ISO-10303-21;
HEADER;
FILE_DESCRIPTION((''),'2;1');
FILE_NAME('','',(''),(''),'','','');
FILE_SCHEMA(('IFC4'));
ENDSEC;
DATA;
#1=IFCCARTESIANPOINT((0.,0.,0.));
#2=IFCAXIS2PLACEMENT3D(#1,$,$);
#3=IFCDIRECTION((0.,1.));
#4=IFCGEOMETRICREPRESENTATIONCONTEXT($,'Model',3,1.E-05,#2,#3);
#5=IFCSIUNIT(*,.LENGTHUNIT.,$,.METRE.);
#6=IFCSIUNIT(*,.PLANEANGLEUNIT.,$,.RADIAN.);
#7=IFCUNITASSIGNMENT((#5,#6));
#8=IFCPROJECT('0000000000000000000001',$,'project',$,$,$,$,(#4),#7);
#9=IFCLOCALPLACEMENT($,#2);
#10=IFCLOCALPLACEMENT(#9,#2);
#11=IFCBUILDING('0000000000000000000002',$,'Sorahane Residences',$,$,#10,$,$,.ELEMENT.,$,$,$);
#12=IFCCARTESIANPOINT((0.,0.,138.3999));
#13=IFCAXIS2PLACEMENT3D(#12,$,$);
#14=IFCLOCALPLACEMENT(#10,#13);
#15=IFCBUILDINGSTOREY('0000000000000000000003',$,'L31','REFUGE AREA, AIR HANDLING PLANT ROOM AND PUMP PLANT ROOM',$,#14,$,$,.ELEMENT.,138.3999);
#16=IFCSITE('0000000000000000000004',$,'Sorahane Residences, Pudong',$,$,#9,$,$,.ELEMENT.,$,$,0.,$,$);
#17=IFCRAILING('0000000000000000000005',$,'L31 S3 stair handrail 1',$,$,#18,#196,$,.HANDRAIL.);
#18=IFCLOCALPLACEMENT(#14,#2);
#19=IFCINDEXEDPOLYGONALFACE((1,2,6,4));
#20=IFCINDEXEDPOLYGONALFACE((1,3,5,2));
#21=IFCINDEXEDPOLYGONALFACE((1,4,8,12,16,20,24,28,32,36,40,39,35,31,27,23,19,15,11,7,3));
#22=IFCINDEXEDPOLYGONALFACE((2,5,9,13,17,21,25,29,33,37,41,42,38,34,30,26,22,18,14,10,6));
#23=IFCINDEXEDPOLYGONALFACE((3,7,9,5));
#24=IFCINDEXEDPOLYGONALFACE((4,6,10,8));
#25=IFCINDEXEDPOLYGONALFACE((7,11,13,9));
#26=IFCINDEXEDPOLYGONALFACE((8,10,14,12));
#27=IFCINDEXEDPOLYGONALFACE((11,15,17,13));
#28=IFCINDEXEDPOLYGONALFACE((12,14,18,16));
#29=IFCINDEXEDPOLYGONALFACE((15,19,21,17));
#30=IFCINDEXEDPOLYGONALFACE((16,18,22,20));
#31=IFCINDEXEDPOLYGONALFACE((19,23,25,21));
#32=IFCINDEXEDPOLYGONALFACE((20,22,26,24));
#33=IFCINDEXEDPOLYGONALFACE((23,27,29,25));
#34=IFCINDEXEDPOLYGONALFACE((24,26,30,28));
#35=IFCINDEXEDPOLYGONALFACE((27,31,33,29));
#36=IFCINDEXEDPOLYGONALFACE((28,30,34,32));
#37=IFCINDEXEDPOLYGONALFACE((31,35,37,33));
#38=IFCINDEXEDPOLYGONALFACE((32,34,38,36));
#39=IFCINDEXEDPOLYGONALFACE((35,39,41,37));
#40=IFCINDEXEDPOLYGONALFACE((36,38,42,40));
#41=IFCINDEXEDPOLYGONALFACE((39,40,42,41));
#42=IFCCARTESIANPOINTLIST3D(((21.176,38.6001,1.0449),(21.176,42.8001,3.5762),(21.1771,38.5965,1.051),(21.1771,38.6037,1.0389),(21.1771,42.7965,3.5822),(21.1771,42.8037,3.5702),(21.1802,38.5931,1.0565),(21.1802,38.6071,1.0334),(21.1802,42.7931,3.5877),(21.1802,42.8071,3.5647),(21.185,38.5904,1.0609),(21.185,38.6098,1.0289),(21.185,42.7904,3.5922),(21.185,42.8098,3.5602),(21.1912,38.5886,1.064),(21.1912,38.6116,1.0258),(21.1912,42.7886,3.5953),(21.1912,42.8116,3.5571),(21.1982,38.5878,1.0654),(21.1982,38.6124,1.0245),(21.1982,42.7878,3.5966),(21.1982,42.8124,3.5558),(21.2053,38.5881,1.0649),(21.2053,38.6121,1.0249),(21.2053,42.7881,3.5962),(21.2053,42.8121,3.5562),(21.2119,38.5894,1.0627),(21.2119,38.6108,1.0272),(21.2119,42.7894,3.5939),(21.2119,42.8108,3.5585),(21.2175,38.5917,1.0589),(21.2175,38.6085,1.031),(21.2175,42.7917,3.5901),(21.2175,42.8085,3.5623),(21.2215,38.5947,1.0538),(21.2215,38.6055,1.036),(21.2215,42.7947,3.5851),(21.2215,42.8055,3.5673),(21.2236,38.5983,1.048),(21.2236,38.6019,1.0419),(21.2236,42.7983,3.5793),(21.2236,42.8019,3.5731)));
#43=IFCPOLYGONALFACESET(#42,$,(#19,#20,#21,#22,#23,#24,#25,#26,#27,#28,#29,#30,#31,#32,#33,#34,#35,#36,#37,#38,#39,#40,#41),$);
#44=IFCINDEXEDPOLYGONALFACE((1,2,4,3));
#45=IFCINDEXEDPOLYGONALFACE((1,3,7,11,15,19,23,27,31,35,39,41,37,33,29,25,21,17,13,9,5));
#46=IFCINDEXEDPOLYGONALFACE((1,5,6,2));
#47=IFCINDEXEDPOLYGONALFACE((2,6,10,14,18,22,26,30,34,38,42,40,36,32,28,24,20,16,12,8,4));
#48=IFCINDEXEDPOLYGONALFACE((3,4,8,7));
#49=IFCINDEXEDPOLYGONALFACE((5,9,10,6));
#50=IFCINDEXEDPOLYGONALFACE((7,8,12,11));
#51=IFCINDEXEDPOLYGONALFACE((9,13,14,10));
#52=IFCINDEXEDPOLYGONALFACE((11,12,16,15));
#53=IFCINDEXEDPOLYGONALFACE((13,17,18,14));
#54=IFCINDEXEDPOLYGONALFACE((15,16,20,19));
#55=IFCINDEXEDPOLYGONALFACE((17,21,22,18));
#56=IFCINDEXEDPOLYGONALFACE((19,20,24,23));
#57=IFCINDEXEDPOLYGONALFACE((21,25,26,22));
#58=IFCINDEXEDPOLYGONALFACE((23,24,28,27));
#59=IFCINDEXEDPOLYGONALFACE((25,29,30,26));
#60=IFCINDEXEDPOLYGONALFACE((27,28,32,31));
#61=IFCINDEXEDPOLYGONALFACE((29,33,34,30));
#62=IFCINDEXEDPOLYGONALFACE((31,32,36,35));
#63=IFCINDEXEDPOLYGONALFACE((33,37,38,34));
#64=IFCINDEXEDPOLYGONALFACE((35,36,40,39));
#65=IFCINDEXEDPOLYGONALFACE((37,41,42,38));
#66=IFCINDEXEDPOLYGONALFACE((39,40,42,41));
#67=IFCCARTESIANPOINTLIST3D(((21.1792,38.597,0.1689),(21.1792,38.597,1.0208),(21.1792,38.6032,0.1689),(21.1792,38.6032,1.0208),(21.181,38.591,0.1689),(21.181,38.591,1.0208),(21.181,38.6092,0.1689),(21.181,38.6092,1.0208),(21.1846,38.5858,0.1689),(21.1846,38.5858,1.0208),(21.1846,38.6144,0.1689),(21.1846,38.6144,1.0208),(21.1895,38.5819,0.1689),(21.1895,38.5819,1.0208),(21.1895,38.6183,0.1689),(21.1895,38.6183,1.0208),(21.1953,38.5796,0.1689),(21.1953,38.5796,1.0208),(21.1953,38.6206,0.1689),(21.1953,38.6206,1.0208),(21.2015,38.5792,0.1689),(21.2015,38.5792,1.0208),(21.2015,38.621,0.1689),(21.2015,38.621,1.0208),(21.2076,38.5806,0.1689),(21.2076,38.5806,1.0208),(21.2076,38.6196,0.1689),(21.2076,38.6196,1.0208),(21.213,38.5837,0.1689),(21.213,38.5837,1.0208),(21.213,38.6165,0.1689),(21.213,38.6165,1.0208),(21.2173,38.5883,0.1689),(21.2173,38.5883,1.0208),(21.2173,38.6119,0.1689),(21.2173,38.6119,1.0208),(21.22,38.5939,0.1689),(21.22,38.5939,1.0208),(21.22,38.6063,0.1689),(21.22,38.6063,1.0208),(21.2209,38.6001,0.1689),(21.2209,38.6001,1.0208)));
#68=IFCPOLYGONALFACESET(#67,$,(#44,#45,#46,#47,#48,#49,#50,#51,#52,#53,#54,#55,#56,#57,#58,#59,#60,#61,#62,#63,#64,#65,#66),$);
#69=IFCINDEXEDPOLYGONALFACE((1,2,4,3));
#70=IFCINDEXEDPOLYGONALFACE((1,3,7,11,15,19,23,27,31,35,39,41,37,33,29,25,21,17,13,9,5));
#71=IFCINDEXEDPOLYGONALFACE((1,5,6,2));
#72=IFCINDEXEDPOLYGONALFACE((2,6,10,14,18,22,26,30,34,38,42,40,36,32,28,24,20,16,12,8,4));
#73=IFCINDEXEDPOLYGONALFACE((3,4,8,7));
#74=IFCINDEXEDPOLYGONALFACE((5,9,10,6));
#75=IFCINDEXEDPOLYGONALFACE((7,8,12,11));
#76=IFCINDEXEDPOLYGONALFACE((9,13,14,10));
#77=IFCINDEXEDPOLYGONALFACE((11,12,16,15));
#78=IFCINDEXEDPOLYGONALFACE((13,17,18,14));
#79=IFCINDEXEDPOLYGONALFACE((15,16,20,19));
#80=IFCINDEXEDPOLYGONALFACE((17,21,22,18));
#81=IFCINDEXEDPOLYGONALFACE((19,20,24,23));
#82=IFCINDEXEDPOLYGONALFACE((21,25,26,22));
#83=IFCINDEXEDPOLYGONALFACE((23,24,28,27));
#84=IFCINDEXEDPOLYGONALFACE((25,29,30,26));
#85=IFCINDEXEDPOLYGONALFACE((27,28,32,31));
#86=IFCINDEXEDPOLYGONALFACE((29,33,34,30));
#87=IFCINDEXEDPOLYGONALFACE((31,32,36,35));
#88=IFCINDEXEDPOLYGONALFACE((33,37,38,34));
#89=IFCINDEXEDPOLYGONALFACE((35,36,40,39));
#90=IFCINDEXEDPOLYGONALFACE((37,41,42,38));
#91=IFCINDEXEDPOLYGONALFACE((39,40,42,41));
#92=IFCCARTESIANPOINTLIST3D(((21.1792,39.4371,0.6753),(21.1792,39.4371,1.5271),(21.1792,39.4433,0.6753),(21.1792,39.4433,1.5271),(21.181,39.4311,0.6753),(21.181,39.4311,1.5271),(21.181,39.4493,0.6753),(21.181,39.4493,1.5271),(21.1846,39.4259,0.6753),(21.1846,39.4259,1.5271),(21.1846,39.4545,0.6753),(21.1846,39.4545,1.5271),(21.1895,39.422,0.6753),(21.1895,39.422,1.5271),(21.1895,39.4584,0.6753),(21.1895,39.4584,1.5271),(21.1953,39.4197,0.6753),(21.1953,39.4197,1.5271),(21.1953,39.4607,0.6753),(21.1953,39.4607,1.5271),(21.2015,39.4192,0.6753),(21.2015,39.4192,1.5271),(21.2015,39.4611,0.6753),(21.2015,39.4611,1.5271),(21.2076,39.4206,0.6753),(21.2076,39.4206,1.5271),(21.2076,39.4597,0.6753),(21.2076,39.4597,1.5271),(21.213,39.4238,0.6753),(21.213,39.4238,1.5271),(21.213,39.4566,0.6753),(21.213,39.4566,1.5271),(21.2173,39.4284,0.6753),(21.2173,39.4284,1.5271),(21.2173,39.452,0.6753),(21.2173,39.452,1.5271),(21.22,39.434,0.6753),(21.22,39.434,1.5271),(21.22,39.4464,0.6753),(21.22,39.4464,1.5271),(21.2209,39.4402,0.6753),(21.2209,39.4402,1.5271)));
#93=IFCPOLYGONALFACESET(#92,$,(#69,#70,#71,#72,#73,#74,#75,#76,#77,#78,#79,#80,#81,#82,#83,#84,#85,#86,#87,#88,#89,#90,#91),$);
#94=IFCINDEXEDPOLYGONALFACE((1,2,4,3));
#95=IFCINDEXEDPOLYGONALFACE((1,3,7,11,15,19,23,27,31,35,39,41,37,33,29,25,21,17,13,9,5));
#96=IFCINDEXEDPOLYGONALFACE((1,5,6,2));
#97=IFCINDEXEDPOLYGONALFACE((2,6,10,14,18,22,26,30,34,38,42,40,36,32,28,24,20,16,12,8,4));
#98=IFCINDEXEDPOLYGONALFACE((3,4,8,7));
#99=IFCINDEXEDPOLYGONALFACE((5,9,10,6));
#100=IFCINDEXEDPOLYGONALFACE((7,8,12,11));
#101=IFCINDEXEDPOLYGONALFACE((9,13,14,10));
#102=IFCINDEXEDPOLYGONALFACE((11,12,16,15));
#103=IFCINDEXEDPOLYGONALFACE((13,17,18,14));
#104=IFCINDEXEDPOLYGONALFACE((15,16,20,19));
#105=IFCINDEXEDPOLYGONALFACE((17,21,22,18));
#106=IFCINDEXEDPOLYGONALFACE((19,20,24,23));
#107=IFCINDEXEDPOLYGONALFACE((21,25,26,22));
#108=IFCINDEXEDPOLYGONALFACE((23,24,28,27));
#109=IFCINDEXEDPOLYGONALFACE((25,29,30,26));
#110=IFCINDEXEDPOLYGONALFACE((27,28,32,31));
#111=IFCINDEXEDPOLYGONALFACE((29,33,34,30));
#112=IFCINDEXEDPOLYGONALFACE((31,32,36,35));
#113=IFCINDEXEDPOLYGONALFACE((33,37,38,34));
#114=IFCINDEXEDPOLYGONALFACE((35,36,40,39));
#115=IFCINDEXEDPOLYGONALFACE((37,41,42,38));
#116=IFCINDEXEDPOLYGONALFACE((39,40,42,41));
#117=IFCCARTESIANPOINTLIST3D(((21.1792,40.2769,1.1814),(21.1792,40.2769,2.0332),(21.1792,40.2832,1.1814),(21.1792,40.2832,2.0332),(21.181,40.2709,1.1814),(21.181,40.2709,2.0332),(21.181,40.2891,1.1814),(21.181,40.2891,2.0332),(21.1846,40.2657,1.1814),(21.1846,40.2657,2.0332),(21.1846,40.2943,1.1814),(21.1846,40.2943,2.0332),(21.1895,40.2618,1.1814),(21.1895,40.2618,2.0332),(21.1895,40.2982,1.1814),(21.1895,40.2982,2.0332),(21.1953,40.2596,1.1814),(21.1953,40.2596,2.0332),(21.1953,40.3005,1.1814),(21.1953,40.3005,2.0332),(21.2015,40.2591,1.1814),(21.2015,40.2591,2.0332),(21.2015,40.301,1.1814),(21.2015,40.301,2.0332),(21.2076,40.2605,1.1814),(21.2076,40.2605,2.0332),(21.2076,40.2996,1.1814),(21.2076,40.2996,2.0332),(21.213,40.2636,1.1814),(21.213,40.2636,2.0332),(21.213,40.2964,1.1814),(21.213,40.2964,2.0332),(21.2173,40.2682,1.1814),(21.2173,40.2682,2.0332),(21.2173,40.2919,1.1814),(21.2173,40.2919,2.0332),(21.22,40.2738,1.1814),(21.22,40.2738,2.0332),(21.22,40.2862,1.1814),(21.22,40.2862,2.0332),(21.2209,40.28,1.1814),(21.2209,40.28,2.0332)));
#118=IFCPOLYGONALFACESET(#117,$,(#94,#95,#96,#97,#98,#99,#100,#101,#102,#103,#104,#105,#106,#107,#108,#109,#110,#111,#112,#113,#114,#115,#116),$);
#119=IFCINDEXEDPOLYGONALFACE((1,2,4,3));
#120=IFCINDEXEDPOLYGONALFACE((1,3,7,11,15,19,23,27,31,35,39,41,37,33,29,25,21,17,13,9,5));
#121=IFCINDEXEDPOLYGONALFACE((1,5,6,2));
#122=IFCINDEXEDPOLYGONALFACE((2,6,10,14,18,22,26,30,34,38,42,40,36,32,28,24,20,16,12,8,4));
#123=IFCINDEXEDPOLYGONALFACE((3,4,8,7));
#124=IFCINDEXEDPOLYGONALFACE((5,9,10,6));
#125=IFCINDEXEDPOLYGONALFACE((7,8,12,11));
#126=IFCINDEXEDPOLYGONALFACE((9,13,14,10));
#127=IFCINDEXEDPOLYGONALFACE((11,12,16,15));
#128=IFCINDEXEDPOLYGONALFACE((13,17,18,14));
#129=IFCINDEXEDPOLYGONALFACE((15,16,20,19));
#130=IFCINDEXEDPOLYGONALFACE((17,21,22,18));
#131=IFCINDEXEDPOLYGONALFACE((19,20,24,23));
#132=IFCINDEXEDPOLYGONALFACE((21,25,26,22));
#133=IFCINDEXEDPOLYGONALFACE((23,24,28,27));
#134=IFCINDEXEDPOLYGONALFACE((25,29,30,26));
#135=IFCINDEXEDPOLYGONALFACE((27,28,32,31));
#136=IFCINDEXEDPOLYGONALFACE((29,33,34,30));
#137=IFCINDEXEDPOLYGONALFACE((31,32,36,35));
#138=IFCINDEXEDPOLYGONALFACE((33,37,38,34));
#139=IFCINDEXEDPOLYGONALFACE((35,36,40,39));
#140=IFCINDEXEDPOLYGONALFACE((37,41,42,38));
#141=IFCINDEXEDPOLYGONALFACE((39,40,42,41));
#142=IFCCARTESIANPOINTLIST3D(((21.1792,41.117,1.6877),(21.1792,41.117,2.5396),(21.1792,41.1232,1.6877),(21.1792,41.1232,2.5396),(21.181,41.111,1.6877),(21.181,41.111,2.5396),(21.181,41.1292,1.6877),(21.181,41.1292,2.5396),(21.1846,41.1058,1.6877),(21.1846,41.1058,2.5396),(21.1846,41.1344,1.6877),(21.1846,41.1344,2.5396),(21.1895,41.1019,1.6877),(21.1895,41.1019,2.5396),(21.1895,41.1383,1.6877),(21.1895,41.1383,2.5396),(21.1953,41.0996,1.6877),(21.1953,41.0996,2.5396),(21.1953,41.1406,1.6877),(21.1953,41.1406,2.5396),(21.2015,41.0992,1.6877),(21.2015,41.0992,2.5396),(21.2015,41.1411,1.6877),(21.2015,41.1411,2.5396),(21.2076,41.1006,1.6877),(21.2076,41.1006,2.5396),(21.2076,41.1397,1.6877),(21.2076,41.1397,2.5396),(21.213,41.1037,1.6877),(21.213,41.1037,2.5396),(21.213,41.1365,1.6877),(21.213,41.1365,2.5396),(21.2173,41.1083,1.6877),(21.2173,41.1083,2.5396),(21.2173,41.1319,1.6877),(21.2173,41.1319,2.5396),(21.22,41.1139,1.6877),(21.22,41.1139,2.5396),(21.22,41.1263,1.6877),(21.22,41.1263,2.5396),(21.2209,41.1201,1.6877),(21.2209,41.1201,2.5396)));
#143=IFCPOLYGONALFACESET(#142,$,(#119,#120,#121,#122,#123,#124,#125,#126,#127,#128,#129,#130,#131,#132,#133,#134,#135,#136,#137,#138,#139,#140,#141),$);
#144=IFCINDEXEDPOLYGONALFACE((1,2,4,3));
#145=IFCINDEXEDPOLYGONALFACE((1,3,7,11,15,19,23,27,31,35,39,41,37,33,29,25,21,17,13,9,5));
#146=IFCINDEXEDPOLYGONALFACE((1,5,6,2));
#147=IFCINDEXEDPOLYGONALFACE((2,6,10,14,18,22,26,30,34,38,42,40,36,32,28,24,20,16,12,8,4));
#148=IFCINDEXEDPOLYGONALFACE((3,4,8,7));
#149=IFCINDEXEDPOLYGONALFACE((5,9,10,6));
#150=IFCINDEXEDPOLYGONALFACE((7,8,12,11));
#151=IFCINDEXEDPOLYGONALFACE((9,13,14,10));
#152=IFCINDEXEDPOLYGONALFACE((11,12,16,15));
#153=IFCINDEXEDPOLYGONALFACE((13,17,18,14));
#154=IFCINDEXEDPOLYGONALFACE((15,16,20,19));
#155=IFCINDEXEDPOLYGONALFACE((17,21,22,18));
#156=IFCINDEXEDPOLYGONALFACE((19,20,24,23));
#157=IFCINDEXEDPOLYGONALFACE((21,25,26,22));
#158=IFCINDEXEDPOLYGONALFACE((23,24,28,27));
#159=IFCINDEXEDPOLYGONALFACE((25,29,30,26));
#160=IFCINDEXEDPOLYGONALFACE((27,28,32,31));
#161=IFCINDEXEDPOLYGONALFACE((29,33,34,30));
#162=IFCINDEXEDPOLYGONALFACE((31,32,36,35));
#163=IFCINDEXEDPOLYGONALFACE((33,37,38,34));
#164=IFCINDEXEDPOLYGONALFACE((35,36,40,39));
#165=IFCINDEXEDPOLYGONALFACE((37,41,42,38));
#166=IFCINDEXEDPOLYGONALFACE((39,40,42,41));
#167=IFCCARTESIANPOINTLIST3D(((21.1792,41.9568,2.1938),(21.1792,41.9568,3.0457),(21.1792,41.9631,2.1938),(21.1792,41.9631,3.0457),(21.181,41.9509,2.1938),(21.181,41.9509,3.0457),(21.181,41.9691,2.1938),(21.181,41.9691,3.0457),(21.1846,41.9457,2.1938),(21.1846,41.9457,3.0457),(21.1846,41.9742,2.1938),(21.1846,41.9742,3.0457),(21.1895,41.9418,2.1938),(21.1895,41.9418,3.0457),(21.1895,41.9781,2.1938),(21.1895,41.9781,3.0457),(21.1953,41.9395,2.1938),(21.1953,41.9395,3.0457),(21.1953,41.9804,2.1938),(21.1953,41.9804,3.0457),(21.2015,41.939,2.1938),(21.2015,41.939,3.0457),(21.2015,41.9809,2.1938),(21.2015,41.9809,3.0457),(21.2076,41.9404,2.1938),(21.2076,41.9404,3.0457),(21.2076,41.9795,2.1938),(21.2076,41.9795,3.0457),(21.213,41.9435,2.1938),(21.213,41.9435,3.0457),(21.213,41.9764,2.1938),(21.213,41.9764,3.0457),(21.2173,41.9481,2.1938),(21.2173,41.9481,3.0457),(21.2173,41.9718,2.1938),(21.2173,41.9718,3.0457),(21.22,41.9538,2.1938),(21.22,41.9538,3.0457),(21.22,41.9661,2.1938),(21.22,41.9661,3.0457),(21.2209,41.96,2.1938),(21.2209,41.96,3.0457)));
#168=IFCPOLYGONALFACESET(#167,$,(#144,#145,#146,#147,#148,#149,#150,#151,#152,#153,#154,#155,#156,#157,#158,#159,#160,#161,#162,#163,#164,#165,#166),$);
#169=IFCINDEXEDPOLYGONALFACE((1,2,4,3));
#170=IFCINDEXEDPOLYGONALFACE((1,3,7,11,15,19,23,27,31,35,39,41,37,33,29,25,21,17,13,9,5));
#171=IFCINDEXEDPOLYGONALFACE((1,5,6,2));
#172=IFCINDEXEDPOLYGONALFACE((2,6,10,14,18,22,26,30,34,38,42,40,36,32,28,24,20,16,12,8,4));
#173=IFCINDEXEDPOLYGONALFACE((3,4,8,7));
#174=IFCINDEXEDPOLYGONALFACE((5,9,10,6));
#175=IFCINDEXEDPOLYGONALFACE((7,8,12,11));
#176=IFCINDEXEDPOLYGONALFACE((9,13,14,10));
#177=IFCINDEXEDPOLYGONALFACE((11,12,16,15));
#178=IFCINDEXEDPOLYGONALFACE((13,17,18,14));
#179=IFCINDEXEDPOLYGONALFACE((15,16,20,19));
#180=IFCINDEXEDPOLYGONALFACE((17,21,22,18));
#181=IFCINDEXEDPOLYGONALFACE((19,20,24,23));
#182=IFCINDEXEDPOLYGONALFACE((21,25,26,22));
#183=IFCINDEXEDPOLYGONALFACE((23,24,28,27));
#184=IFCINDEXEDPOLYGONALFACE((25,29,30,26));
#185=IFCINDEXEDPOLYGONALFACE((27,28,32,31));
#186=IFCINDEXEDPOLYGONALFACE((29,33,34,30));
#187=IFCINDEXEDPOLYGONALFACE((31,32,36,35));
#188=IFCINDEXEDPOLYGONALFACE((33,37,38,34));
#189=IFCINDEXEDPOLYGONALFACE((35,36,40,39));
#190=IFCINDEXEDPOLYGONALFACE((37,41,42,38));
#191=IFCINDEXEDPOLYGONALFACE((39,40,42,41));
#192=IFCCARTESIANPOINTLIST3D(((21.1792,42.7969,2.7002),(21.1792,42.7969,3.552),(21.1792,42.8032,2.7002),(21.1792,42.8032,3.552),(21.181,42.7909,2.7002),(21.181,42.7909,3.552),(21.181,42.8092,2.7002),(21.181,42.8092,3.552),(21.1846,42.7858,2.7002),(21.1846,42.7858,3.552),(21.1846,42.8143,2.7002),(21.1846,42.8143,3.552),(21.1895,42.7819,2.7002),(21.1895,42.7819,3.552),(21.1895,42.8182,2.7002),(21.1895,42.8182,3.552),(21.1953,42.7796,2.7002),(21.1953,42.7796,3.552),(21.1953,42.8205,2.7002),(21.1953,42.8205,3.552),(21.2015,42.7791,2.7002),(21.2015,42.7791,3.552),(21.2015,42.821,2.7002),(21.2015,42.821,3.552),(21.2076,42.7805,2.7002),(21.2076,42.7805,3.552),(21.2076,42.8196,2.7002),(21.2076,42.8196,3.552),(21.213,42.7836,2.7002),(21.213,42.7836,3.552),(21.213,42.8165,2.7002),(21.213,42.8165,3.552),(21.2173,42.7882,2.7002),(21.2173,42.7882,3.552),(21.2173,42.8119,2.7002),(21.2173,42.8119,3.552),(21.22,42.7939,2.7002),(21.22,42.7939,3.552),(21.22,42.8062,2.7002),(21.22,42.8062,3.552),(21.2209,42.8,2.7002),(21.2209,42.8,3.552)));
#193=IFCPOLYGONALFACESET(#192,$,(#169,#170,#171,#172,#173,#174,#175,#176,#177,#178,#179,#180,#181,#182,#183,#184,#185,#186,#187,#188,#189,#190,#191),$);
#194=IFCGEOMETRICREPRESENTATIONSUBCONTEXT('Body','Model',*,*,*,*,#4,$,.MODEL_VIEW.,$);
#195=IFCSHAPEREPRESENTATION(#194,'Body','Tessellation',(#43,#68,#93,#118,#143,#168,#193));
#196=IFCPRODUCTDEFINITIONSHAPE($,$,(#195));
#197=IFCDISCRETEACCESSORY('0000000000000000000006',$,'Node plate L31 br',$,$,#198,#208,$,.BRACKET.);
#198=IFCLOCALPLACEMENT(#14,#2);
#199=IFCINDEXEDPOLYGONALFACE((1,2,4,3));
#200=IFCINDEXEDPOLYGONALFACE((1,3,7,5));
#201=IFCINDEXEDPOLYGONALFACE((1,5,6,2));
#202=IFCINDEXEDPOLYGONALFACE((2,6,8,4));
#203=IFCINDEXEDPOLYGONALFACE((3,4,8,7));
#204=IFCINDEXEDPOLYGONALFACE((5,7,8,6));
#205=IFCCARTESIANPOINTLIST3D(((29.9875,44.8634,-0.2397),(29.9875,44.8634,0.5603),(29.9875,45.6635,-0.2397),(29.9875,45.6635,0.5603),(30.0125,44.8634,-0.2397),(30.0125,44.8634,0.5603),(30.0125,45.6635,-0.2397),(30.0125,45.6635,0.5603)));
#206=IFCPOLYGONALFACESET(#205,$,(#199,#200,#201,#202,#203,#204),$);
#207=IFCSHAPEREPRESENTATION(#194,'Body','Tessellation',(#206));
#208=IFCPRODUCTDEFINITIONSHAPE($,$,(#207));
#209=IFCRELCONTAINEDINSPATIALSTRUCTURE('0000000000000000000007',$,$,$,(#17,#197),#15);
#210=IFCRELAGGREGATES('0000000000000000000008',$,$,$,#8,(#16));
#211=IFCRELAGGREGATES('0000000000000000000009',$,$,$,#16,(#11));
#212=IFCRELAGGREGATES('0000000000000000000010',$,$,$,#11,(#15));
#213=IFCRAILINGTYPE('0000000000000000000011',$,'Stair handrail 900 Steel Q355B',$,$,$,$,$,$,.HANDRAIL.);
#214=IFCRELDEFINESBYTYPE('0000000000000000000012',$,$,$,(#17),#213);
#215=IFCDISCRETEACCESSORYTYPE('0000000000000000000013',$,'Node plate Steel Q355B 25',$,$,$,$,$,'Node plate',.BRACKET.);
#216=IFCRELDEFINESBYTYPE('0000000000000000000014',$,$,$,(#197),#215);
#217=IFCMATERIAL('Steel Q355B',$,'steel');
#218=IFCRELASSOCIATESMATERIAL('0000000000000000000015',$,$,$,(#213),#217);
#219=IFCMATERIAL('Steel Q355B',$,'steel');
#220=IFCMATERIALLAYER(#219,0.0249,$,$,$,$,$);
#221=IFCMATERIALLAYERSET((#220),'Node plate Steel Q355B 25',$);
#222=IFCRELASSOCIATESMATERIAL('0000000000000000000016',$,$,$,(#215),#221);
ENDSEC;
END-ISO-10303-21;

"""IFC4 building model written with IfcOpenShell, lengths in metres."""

from ifc_helpers import new_model, si_unit, direction, frame, origin, origin_2d, place, context, subcontext, project, spatial, rectangle, circle, extrude, material, layer, layer_set, type_object, element, save


model = new_model("IFC4")

# Units and contexts
model_context = context("Model", 3, precision=1e-05, world=origin(), true_north=direction((0.0, 1.0)))
body_context = subcontext(model_context, "Body", "Model", "MODEL_VIEW")
ifc_project = project(units=[si_unit("LENGTHUNIT", "METRE"), si_unit("PLANEANGLEUNIT", "RADIAN")], contexts=[model_context])

# Site, building, storey
site_placement = place(None, origin())
site = spatial("IfcSite", under=ifc_project, at=site_placement, Name="Sorahane Residences, Pudong", CompositionType="ELEMENT", RefElevation=0.0)
building_placement = place(site_placement, origin())
building = spatial("IfcBuilding", under=site, at=building_placement, Name="Sorahane Residences", CompositionType="ELEMENT")
storey_placement = place(building_placement, frame((0.0, 0.0, 138.3999)))
storey = spatial("IfcBuildingStorey", under=building, at=storey_placement, Name="L31", Description="REFUGE AREA, AIR HANDLING PLANT ROOM AND PUMP PLANT ROOM", CompositionType="ELEMENT", Elevation=138.3999)

# Railing
ifc_material_1 = material(Name="Steel Q355B", Category="steel")
railing_type_1 = type_object("IfcRailingType", Name="Stair handrail 900 Steel Q355B", PredefinedType="HANDRAIL", material=ifc_material_1)
railing_1_placement = place(storey_placement, frame((21.2, 38.6001, 0.1689)))
element("IfcRailing", 1, at=railing_1_placement, inside=storey, type_object=railing_type_1, Name="L31 S3 stair handrail 1", PredefinedType="HANDRAIL", context=body_context, shape_type="SweptSolid", body=[
    extrude(circle(Radius=0.0239, at=origin_2d()), frame((0.0, 0.0, 0.876), z_axis=(0.0, 0.856476, 0.516186), x_axis=(-1.0, 0.0, 0.0)), (0.0, 0.0, 1.0), 4.9038),
    extrude(circle(Radius=0.021, at=origin_2d()), origin(), (0.0, 0.0, 1.0), 0.8518),
    extrude(circle(Radius=0.021, at=origin_2d()), frame((0.0, 0.8401, 0.5063)), (0.0, 0.0, 1.0), 0.8518),
    extrude(circle(Radius=0.021, at=origin_2d()), frame((0.0, 1.6799, 1.0125)), (0.0, 0.0, 1.0), 0.8518),
    extrude(circle(Radius=0.021, at=origin_2d()), frame((0.0, 2.52, 1.5188)), (0.0, 0.0, 1.0), 0.8518),
    extrude(circle(Radius=0.021, at=origin_2d()), frame((0.0, 3.3599, 2.0249)), (0.0, 0.0, 1.0), 0.8518),
    extrude(circle(Radius=0.021, at=origin_2d()), frame((0.0, 4.2, 2.5312)), (0.0, 0.0, 1.0), 0.8518),
])

# Discrete accessory
ifc_material_2 = material(Name="Steel Q355B", Category="steel")
ifc_layer_1 = layer(ifc_material_2, 0.0249)
ifc_layer_set_1 = layer_set([ifc_layer_1], Name="Node plate Steel Q355B 25")
discrete_accessory_type = type_object("IfcDiscreteAccessoryType", Name="Node plate Steel Q355B 25", ElementType="Node plate", PredefinedType="BRACKET", material=ifc_layer_set_1)
for number, where, z_axis, x_axis, name in (
    (2, (30.0, 45.2634, -0.2397), (0.0, 0.0, 1.0), (0.0, 1.0, 0.0), "Node plate L31 br"),
):
    element("IfcDiscreteAccessory", number, at=place(storey_placement, frame(where, z_axis=z_axis, x_axis=x_axis)), inside=storey, type_object=discrete_accessory_type, Name=name, PredefinedType="BRACKET", context=body_context, shape_type="SweptSolid", body=[
        extrude(rectangle(XDim=0.8, YDim=0.0249, at=origin_2d()), origin(), (0.0, 0.0, 1.0), 0.8),
    ])

save(model, "model.ifc")
